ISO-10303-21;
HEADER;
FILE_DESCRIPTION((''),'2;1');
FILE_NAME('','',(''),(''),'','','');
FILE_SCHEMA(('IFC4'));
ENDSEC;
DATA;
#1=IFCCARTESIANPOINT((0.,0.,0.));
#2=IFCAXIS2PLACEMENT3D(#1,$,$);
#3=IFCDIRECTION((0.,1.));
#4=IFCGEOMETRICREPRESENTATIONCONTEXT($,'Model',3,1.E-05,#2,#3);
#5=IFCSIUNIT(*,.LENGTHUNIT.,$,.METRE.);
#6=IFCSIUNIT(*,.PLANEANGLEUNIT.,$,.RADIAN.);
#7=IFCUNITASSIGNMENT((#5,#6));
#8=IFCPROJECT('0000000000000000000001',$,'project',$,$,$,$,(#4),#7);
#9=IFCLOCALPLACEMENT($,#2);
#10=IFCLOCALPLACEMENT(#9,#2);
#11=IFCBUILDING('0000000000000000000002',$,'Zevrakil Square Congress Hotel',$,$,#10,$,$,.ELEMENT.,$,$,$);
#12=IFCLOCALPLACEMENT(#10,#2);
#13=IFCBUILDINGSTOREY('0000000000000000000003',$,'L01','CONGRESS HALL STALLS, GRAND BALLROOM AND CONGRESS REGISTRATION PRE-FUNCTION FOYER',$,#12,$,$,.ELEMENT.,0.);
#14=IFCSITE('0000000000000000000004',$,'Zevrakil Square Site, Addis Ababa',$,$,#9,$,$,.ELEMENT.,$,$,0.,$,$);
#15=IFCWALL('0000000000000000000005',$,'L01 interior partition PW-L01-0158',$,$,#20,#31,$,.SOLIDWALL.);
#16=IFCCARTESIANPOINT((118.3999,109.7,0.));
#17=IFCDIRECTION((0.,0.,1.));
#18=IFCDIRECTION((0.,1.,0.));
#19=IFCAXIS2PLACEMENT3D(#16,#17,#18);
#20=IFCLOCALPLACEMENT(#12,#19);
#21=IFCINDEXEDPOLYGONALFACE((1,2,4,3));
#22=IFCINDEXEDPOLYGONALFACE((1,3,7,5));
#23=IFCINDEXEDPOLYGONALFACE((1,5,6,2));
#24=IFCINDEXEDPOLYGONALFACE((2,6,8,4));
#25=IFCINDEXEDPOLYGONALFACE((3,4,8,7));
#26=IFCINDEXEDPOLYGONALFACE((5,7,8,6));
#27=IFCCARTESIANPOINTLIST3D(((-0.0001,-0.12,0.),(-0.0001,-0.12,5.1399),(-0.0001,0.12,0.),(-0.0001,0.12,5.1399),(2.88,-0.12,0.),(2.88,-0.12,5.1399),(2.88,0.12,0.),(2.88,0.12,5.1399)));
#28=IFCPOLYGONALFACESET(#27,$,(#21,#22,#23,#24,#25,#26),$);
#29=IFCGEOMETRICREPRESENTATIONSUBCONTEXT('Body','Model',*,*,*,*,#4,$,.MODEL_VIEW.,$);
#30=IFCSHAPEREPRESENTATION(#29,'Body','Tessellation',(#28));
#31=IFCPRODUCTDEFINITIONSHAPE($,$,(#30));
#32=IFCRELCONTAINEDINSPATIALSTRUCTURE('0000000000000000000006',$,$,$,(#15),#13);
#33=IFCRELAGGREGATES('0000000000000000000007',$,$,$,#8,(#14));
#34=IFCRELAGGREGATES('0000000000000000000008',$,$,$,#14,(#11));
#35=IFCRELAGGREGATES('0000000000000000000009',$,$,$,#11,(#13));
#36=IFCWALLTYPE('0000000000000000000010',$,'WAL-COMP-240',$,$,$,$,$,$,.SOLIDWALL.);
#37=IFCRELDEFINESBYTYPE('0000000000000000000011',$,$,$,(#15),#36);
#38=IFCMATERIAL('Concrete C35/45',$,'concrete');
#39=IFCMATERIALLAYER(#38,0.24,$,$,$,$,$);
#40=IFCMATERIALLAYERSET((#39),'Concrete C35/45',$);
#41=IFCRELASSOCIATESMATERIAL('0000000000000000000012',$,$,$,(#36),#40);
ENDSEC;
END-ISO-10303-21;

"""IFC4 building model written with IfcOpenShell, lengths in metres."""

from ifc_helpers import new_model, si_unit, direction, frame, frame_2d, origin, place, context, subcontext, project, spatial, rectangle, extrude, material, layer, layer_set, type_object, element, save


model = new_model("IFC4")

# Units and contexts
model_context = context("Model", 3, precision=1e-05, world=origin(), true_north=direction((0.0, 1.0)))
body_context = subcontext(model_context, "Body", "Model", "MODEL_VIEW")
ifc_project = project(units=[si_unit("LENGTHUNIT", "METRE"), si_unit("PLANEANGLEUNIT", "RADIAN")], contexts=[model_context])

# Site, building, storey
site_placement = place(None, origin())
site = spatial("IfcSite", under=ifc_project, at=site_placement, Name="Zevrakil Square Site, Addis Ababa", CompositionType="ELEMENT", RefElevation=0.0)
building_placement = place(site_placement, origin())
building = spatial("IfcBuilding", under=site, at=building_placement, Name="Zevrakil Square Congress Hotel", CompositionType="ELEMENT")
storey_placement = place(building_placement, origin())
storey = spatial("IfcBuildingStorey", under=building, at=storey_placement, Name="L01", Description="CONGRESS HALL STALLS, GRAND BALLROOM AND CONGRESS REGISTRATION PRE-FUNCTION FOYER", CompositionType="ELEMENT", Elevation=0.0)

# Shared definitions
ifc_material_1 = material(Name="Concrete C35/45", Category="concrete")
ifc_layer_1 = layer(ifc_material_1, 0.24)
ifc_layer_set_1 = layer_set([ifc_layer_1], Name="Concrete C35/45")
wall_type_1 = type_object("IfcWallType", Name="WAL-COMP-240", PredefinedType="SOLIDWALL", material=ifc_layer_set_1)

# Wall
wall_1_placement = place(storey_placement, frame((118.3999, 109.7, 0.0), z_axis=(0.0, 0.0, 1.0), x_axis=(0.0, 1.0, 0.0)))
element("IfcWall", 1, at=wall_1_placement, inside=storey, type_object=wall_type_1, Name="L01 interior partition PW-L01-0158", PredefinedType="SOLIDWALL", context=body_context, shape_type="SweptSolid", body=[
    extrude(rectangle(XDim=2.8801, YDim=0.24, at=frame_2d((1.4399, 0.0))), origin(), (0.0, 0.0, 1.0), 5.1399),
])

save(model, "model.ifc")
